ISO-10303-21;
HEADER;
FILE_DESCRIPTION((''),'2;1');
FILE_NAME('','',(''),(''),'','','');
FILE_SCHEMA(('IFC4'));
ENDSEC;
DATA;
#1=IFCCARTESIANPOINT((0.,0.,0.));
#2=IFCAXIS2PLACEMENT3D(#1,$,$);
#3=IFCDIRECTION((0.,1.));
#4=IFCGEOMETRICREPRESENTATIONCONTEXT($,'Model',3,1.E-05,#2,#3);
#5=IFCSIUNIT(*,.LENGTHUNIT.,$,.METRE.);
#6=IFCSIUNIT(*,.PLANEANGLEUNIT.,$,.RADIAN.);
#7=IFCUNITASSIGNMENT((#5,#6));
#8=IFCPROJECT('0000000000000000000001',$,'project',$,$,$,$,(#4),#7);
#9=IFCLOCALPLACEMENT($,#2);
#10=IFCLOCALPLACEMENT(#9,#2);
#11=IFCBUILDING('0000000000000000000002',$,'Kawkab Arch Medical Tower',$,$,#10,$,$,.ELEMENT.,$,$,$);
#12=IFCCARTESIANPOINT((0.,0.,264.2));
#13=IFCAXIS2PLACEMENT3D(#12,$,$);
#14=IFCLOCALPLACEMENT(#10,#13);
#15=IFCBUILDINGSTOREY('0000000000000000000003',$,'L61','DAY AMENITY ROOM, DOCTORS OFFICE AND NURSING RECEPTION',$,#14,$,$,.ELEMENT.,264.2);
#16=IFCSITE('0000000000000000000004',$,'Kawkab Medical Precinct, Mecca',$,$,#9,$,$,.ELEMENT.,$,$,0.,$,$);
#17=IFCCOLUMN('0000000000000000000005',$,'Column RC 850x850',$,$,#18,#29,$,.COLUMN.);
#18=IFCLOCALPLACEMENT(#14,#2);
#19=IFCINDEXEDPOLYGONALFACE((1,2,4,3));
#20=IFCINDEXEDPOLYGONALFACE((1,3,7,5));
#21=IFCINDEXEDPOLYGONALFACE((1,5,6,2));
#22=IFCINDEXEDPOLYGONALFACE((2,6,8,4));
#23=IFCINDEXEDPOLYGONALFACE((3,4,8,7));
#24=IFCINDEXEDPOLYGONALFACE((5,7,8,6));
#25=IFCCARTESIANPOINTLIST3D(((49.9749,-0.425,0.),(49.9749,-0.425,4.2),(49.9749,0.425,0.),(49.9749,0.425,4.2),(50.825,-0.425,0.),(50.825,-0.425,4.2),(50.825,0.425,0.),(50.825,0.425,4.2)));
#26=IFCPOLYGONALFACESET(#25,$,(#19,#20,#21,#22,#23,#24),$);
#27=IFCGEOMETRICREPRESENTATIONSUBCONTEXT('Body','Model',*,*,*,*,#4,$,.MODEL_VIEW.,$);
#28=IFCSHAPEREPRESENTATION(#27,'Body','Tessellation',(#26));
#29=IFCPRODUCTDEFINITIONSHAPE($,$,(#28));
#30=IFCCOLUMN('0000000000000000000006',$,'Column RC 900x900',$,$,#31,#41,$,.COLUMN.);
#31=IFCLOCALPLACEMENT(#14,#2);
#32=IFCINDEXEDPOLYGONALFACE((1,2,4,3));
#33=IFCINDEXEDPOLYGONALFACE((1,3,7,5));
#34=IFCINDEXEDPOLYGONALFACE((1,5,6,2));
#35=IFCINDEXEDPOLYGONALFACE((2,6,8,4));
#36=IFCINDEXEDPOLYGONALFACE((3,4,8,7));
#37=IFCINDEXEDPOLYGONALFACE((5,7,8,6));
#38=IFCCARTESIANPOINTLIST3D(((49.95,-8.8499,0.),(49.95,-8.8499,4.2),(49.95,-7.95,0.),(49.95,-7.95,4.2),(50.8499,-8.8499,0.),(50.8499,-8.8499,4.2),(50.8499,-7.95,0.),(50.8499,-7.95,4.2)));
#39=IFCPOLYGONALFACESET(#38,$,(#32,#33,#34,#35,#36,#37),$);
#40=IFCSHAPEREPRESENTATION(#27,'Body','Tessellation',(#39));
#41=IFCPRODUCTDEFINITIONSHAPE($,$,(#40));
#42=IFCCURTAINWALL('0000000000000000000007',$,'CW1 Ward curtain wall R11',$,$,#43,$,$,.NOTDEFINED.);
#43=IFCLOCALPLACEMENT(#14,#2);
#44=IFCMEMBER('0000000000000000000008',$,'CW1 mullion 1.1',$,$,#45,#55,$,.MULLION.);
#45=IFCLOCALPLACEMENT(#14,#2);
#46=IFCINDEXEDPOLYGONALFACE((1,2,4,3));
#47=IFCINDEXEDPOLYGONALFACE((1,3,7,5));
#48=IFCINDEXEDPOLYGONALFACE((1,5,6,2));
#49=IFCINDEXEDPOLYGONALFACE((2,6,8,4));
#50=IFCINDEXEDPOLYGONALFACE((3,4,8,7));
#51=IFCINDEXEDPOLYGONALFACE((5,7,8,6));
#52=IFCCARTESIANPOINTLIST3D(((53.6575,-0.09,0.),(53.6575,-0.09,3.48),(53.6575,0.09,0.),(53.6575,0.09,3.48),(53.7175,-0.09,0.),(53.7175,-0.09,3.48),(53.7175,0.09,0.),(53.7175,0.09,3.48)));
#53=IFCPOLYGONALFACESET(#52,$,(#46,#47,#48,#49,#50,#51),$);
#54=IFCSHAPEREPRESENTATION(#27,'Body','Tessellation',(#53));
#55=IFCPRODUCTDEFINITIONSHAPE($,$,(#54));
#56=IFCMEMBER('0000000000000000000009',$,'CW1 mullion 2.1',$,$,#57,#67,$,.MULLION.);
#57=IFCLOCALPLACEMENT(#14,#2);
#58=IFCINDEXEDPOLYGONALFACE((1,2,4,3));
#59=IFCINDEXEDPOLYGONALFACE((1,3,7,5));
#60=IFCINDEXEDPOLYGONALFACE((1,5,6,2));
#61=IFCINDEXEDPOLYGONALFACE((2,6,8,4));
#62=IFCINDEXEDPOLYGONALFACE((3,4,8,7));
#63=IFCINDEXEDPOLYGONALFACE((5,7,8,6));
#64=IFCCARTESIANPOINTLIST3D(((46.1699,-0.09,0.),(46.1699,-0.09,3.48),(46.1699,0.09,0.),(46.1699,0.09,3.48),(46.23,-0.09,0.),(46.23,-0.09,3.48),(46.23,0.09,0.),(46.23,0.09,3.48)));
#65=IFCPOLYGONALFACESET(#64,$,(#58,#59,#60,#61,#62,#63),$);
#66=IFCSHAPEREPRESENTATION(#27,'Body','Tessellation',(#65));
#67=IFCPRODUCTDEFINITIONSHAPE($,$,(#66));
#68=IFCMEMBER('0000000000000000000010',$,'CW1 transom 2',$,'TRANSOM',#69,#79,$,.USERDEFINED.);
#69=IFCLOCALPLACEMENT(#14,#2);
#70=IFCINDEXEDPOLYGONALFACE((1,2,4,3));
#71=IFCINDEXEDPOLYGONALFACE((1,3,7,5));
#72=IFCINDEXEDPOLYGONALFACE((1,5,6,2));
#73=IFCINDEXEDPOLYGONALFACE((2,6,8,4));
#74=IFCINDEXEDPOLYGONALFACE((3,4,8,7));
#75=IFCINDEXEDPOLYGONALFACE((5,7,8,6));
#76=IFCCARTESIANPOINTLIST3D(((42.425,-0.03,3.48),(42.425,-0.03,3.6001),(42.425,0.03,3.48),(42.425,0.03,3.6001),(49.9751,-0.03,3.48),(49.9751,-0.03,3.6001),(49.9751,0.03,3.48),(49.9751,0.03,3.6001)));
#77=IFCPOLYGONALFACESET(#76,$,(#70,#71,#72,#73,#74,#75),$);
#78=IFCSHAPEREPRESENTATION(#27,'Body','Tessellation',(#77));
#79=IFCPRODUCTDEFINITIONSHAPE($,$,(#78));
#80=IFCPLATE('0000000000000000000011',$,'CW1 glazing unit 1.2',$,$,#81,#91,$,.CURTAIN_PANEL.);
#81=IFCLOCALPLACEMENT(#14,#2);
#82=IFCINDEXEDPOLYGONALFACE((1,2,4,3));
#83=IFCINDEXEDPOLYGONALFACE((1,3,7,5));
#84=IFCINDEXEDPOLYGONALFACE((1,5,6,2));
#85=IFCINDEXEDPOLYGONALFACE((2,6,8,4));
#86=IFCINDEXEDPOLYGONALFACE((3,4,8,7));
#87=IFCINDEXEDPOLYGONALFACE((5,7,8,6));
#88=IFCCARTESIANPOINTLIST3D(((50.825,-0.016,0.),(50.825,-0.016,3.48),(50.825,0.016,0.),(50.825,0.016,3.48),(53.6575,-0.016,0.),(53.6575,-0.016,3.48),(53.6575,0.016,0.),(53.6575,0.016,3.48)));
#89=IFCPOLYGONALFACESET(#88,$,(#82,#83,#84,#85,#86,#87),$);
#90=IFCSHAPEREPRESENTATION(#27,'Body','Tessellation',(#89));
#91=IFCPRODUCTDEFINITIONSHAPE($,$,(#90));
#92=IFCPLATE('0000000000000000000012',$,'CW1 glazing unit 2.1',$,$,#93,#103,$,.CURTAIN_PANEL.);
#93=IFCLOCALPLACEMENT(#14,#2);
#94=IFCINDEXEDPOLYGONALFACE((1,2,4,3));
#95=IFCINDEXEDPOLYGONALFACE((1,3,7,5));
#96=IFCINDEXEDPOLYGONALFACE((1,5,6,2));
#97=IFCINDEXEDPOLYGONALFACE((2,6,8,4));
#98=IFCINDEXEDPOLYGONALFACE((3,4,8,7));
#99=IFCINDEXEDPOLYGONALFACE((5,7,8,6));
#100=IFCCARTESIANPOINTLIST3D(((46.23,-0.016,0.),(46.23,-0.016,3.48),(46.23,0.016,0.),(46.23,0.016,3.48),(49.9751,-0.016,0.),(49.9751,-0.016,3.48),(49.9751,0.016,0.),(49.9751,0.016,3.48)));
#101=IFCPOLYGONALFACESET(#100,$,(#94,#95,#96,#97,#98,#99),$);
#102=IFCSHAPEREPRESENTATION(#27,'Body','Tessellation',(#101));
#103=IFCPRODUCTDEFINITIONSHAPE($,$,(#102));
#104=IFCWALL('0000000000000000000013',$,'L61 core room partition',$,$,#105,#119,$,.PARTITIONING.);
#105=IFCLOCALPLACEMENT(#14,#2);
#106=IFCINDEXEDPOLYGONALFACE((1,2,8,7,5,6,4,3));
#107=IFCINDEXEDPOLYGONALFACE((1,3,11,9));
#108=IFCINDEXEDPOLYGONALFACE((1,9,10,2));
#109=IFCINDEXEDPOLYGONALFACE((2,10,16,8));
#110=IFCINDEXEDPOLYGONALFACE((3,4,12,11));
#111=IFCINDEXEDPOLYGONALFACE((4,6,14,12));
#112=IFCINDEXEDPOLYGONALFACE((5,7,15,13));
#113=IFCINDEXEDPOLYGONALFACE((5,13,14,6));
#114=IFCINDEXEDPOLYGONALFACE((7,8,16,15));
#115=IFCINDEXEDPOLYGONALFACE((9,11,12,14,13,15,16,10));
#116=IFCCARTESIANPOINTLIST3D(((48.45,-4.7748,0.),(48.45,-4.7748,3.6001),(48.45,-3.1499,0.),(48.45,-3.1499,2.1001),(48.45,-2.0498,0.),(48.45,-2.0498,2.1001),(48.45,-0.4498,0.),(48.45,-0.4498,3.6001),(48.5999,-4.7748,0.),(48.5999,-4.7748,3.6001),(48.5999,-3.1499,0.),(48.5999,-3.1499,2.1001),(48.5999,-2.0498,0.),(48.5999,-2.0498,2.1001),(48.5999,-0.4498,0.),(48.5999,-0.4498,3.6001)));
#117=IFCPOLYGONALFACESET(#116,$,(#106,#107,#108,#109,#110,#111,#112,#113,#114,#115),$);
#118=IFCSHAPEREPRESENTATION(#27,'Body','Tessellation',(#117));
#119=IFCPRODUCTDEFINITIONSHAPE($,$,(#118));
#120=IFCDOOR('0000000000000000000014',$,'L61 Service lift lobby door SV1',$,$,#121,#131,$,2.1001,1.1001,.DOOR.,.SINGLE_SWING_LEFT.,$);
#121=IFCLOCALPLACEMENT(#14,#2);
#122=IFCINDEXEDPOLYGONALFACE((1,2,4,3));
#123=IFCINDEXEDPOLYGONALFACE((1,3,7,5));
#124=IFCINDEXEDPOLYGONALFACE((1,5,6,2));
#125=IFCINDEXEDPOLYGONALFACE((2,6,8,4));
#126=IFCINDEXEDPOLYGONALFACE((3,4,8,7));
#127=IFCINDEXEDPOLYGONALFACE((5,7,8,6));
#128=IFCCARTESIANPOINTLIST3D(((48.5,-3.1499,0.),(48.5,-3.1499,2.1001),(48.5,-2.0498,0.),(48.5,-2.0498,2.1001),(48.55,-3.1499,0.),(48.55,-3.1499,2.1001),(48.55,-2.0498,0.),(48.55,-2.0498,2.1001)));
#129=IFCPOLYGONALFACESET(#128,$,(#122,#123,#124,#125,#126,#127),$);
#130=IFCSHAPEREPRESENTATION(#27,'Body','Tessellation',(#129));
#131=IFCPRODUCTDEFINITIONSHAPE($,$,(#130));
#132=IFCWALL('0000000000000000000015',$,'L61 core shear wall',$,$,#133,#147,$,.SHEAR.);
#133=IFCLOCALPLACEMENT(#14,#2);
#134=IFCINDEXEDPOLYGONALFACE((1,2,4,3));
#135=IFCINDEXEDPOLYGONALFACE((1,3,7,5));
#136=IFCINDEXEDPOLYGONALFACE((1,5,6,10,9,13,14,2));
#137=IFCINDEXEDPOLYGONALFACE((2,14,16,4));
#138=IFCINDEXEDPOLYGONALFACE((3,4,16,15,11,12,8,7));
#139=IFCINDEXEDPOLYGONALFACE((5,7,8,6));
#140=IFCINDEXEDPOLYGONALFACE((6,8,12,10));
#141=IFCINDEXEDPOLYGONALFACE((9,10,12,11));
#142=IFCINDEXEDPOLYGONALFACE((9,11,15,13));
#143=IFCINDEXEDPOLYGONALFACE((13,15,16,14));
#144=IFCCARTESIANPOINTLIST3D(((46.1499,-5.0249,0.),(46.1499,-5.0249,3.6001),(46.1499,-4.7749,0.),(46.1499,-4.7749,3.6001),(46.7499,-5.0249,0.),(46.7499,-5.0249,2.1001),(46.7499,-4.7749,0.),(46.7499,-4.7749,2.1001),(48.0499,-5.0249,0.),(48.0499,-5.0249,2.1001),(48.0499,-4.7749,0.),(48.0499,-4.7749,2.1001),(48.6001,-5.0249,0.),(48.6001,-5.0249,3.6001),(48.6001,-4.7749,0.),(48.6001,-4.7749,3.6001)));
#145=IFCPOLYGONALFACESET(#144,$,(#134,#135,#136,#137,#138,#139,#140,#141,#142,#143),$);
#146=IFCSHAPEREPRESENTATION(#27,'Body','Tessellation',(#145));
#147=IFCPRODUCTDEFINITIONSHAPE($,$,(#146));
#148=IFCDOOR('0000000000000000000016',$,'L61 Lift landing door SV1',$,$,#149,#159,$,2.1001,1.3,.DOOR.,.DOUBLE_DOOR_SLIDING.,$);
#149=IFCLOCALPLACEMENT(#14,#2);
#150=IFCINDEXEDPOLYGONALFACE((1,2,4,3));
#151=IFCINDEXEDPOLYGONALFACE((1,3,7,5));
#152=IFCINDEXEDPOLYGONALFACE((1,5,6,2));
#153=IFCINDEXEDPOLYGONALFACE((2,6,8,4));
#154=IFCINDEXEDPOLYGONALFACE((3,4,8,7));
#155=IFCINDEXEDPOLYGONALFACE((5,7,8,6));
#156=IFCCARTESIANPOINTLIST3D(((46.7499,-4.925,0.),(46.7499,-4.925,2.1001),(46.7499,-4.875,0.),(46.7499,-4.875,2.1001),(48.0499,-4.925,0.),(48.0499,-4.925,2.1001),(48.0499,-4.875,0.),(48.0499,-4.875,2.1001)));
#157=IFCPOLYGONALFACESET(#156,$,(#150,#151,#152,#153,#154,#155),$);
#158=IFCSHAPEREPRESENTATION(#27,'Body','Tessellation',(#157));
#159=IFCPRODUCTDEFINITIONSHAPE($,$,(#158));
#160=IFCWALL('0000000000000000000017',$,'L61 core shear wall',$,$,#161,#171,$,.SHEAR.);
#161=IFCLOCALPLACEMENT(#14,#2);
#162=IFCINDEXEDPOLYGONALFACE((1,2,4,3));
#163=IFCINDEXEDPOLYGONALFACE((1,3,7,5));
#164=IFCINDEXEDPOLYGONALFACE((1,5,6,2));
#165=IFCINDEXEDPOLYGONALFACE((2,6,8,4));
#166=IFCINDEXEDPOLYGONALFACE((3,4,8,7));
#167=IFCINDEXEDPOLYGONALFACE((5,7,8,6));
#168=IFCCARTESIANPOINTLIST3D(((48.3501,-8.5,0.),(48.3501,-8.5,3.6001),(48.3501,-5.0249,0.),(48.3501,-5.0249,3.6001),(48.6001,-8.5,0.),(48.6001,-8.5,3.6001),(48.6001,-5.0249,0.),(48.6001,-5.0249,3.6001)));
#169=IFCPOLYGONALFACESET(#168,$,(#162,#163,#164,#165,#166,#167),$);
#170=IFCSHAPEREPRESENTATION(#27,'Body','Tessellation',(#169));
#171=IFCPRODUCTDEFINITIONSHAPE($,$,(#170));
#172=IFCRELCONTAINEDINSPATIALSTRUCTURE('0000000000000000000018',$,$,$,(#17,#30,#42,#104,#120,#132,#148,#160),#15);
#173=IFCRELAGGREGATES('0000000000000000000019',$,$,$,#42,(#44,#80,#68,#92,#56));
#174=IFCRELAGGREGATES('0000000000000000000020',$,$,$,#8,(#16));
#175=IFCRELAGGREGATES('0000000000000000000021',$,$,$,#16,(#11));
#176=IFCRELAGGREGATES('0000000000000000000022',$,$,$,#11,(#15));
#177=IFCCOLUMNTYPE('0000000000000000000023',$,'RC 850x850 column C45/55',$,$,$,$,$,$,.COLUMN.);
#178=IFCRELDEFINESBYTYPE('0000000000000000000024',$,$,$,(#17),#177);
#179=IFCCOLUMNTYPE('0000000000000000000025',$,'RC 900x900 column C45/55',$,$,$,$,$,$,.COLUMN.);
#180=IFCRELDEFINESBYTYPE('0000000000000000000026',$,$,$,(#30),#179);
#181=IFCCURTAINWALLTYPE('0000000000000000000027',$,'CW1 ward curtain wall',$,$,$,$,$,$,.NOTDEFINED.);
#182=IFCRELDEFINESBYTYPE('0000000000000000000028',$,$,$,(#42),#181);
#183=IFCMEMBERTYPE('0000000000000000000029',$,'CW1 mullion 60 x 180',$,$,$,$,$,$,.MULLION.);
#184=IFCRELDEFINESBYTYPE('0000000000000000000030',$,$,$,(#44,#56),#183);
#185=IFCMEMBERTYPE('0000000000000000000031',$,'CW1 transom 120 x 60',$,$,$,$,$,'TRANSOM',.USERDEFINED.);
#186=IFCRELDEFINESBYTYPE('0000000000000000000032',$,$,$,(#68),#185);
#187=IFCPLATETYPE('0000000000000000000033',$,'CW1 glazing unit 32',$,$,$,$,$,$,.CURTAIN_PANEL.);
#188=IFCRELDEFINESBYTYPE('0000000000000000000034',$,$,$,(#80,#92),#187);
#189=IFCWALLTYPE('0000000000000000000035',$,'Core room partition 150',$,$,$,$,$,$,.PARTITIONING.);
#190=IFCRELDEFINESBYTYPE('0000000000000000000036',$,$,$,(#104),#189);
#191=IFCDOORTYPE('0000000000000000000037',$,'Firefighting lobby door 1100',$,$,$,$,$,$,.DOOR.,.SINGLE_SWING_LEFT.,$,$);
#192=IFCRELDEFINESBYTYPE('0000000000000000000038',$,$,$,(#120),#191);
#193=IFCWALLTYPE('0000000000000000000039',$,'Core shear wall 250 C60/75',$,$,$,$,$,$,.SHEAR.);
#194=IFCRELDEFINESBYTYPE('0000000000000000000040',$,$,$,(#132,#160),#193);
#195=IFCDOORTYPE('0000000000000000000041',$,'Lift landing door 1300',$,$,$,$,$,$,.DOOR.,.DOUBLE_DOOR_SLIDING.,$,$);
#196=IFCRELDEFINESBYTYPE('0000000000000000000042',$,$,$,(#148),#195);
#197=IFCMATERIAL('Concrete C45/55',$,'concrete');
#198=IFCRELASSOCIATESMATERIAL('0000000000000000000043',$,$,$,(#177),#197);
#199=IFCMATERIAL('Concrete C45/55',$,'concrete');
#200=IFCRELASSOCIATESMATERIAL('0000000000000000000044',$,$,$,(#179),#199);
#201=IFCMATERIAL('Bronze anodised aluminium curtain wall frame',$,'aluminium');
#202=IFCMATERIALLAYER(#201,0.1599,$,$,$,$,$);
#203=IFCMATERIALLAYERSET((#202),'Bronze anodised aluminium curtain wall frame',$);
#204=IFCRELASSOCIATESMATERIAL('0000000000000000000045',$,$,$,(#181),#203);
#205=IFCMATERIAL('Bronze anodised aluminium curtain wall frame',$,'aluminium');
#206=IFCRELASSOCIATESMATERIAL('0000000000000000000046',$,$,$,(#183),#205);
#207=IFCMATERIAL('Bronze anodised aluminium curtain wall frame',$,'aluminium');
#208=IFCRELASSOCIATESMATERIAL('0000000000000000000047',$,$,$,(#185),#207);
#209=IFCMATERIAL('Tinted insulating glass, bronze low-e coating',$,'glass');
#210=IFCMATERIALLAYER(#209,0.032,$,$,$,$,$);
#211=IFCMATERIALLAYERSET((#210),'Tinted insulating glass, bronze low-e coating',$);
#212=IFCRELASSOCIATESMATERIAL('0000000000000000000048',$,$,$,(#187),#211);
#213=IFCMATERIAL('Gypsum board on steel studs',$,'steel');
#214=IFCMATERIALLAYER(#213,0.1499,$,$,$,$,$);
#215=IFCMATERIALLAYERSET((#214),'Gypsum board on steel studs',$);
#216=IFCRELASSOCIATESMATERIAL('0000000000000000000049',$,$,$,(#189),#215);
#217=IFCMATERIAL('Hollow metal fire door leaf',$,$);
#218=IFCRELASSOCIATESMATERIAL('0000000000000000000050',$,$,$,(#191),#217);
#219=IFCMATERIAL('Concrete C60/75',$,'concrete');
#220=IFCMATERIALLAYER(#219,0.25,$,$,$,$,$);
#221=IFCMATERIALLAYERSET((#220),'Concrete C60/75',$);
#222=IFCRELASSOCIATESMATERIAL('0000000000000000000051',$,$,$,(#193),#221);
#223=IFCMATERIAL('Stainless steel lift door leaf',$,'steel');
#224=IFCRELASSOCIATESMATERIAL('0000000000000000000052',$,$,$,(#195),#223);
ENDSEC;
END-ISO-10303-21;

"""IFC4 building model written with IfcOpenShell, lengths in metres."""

from ifc_helpers import new_model, si_unit, direction, frame, frame_2d, origin, origin_2d, place, context, subcontext, project, spatial, rectangle, extrude, material, layer, layer_set, material_profile, profile_set, type_object, element, fill, aggregate, save


model = new_model("IFC4")

# Units and contexts
model_context = context("Model", 3, precision=1e-05, world=origin(), true_north=direction((0.0, 1.0)))
body_context = subcontext(model_context, "Body", "Model", "MODEL_VIEW")
ifc_project = project(units=[si_unit("LENGTHUNIT", "METRE"), si_unit("PLANEANGLEUNIT", "RADIAN")], contexts=[model_context])

# Site, building, storey
site_placement = place(None, origin())
site = spatial("IfcSite", under=ifc_project, at=site_placement, Name="Kawkab Medical Precinct, Mecca", CompositionType="ELEMENT", RefElevation=0.0)
building_placement = place(site_placement, origin())
building = spatial("IfcBuilding", under=site, at=building_placement, Name="Kawkab Arch Medical Tower", CompositionType="ELEMENT")
storey_placement = place(building_placement, frame((0.0, 0.0, 264.2)))
storey = spatial("IfcBuildingStorey", under=building, at=storey_placement, Name="L61", Description="DAY AMENITY ROOM, DOCTORS OFFICE AND NURSING RECEPTION", CompositionType="ELEMENT", Elevation=264.2)

# Columns
ifc_material_1 = material(Name="Concrete C45/55", Category="concrete")
ifc_material_profile_1 = material_profile(ifc_material_1, rectangle(XDim=0.8501, YDim=0.8501, at=origin_2d()), Name="RC 850x850")
ifc_profile_set_1 = profile_set([ifc_material_profile_1], Name="Concrete C45/55")
column_type_1 = type_object("IfcColumnType", Name="RC 850x850 column C45/55", PredefinedType="COLUMN", material=ifc_profile_set_1)
column_1_placement = place(storey_placement, frame((50.3999, 0.0, 0.0), z_axis=(0.0, 0.0, 1.0), x_axis=(1.0, 0.0, 0.0)))
element("IfcColumn", 1, at=column_1_placement, inside=storey, type_object=column_type_1, Name="Column RC 850x850", PredefinedType="COLUMN", context=body_context, shape_type="SweptSolid", body=[
    extrude(rectangle(XDim=0.8501, YDim=0.8501, at=origin_2d()), origin(), (0.0, 0.0, 1.0), 4.2),
])
ifc_material_2 = material(Name="Concrete C45/55", Category="concrete")
ifc_material_profile_2 = material_profile(ifc_material_2, rectangle(XDim=0.8999, YDim=0.8999, at=origin_2d()), Name="RC 900x900")
ifc_profile_set_2 = profile_set([ifc_material_profile_2], Name="Concrete C45/55")
column_type_2 = type_object("IfcColumnType", Name="RC 900x900 column C45/55", PredefinedType="COLUMN", material=ifc_profile_set_2)
column_2_placement = place(storey_placement, frame((50.3999, -8.3999, 0.0), z_axis=(0.0, 0.0, 1.0), x_axis=(1.0, 0.0, 0.0)))
element("IfcColumn", 2, at=column_2_placement, inside=storey, type_object=column_type_2, Name="Column RC 900x900", PredefinedType="COLUMN", context=body_context, shape_type="SweptSolid", body=[
    extrude(rectangle(XDim=0.8999, YDim=0.8999, at=origin_2d()), origin(), (0.0, 0.0, 1.0), 4.2),
])

# Curtain wall, members, plates
ifc_material_3 = material(Name="Bronze anodised aluminium curtain wall frame", Category="aluminium")
ifc_layer_1 = layer(ifc_material_3, 0.1599)
ifc_layer_set_1 = layer_set([ifc_layer_1], Name="Bronze anodised aluminium curtain wall frame")
curtain_wall_type = type_object("IfcCurtainWallType", Name="CW1 ward curtain wall", PredefinedType="NOTDEFINED", material=ifc_layer_set_1)
placement = place(storey_placement, origin())
curtain_wall = element("IfcCurtainWall", 3, at=placement, inside=storey, type_object=curtain_wall_type, Name="CW1 Ward curtain wall R11", PredefinedType="NOTDEFINED")
ifc_material_4 = material(Name="Bronze anodised aluminium curtain wall frame", Category="aluminium")
ifc_material_profile_3 = material_profile(ifc_material_4, rectangle(XDim=0.1799, YDim=0.0601, at=origin_2d()), Name="AL 60x180")
ifc_profile_set_3 = profile_set([ifc_material_profile_3], Name="Bronze anodised aluminium curtain wall frame")
member_type_1 = type_object("IfcMemberType", Name="CW1 mullion 60 x 180", PredefinedType="MULLION", material=ifc_profile_set_3)
member_1_placement = place(storey_placement, frame((53.6875, 0.0, 0.0), z_axis=(0.0, 0.0, 1.0), x_axis=(0.0, -1.0, 0.0)))
member_1 = element("IfcMember", 4, at=member_1_placement, type_object=member_type_1, Name="CW1 mullion 1.1", PredefinedType="MULLION", context=body_context, shape_type="SweptSolid", body=[
    extrude(rectangle(XDim=0.1799, YDim=0.0601, at=origin_2d()), origin(), (0.0, 0.0, 1.0), 3.48),
])
member_2_placement = place(storey_placement, frame((46.2, 0.0, 0.0), z_axis=(0.0, 0.0, 1.0), x_axis=(0.0, -1.0, 0.0)))
member_2 = element("IfcMember", 5, at=member_2_placement, type_object=member_type_1, Name="CW1 mullion 2.1", PredefinedType="MULLION", context=body_context, shape_type="SweptSolid", body=[
    extrude(rectangle(XDim=0.1799, YDim=0.0601, at=origin_2d()), origin(), (0.0, 0.0, 1.0), 3.48),
])
ifc_material_5 = material(Name="Bronze anodised aluminium curtain wall frame", Category="aluminium")
ifc_material_profile_4 = material_profile(ifc_material_5, rectangle(XDim=0.0601, YDim=0.1201, at=origin_2d()), Name="AL 60x120")
ifc_profile_set_4 = profile_set([ifc_material_profile_4], Name="Bronze anodised aluminium curtain wall frame")
member_type_2 = type_object("IfcMemberType", Name="CW1 transom 120 x 60", ElementType="TRANSOM", PredefinedType="USERDEFINED", material=ifc_profile_set_4)
member_3_placement = place(storey_placement, frame((49.9751, 0.0, 3.54), z_axis=(-1.0, 0.0, 0.0), x_axis=(0.0, -1.0, 0.0)))
member_3 = element("IfcMember", 6, at=member_3_placement, type_object=member_type_2, Name="CW1 transom 2", ObjectType="TRANSOM", PredefinedType="USERDEFINED", context=body_context, shape_type="SweptSolid", body=[
    extrude(rectangle(XDim=0.0601, YDim=0.1201, at=origin_2d()), origin(), (0.0, 0.0, 1.0), 7.55),
])
ifc_material_6 = material(Name="Tinted insulating glass, bronze low-e coating", Category="glass")
ifc_layer_2 = layer(ifc_material_6, 0.032)
ifc_layer_set_2 = layer_set([ifc_layer_2], Name="Tinted insulating glass, bronze low-e coating")
plate_type = type_object("IfcPlateType", Name="CW1 glazing unit 32", PredefinedType="CURTAIN_PANEL", material=ifc_layer_set_2)
plate_1_placement = place(storey_placement, frame((52.2412, 0.0, 0.0), z_axis=(0.0, 0.0, 1.0), x_axis=(-1.0, 0.0, 0.0)))
plate_1 = element("IfcPlate", 7, at=plate_1_placement, type_object=plate_type, Name="CW1 glazing unit 1.2", PredefinedType="CURTAIN_PANEL", context=body_context, shape_type="SweptSolid", body=[
    extrude(rectangle(XDim=2.8325, YDim=0.032, at=origin_2d()), origin(), (0.0, 0.0, 1.0), 3.48),
])
plate_2_placement = place(storey_placement, frame((48.1025, 0.0, 0.0), z_axis=(0.0, 0.0, 1.0), x_axis=(-1.0, 0.0, 0.0)))
plate_2 = element("IfcPlate", 8, at=plate_2_placement, type_object=plate_type, Name="CW1 glazing unit 2.1", PredefinedType="CURTAIN_PANEL", context=body_context, shape_type="SweptSolid", body=[
    extrude(rectangle(XDim=3.7451, YDim=0.032, at=origin_2d()), origin(), (0.0, 0.0, 1.0), 3.48),
])
aggregate(curtain_wall, [member_1, plate_1, member_3, plate_2, member_2])

# Walls, openings, doors
ifc_material_7 = material(Name="Gypsum board on steel studs", Category="steel")
ifc_layer_3 = layer(ifc_material_7, 0.1499)
ifc_layer_set_3 = layer_set([ifc_layer_3], Name="Gypsum board on steel studs")
wall_type_1 = type_object("IfcWallType", Name="Core room partition 150", PredefinedType="PARTITIONING", material=ifc_layer_set_3)
wall_1_placement = place(storey_placement, frame((48.5249, -4.7749, 0.0), z_axis=(0.0, 0.0, 1.0), x_axis=(0.0, 1.0, 0.0)))
wall_1 = element("IfcWall", 9, at=wall_1_placement, inside=storey, type_object=wall_type_1, Name="L61 core room partition", PredefinedType="PARTITIONING", context=body_context, shape_type="SweptSolid", body=[
    extrude(rectangle(XDim=4.325, YDim=0.1499, at=frame_2d((2.1626, 0.0))), origin(), (0.0, 0.0, 1.0), 3.6001),
])
opening_1_placement = place(wall_1_placement, frame((1.625, 0.0, 0.0)))
opening_1 = element("IfcOpeningElement", 10, at=opening_1_placement, cuts=wall_1, PredefinedType="OPENING", context=body_context, shape_type="SweptSolid", body=[
    extrude(rectangle(XDim=1.1001, YDim=2.1001, at=frame_2d((0.55, 1.05))), frame((0.0, 0.085, 0.0), z_axis=(0.0, -1.0, 0.0), x_axis=(1.0, 0.0, 0.0)), (0.0, 0.0, 1.0), 0.1699),
])
ifc_material_8 = material(Name="Hollow metal fire door leaf")
door_type_1 = type_object("IfcDoorType", Name="Firefighting lobby door 1100", OperationType="SINGLE_SWING_LEFT", PredefinedType="DOOR", material=ifc_material_8)
door_1_placement = place(opening_1_placement, origin())
door_1 = element("IfcDoor", 11, at=door_1_placement, inside=storey, type_object=door_type_1, Name="L61 Service lift lobby door SV1", OperationType="SINGLE_SWING_LEFT", OverallHeight=2.1001, OverallWidth=1.1001, PredefinedType="DOOR", context=body_context, shape_type="SweptSolid", body=[
    extrude(rectangle(XDim=1.1001, YDim=2.1001, at=frame_2d((0.55, 1.05))), frame((0.0, 0.0249, 0.0), z_axis=(0.0, -1.0, 0.0), x_axis=(1.0, 0.0, 0.0)), (0.0, 0.0, 1.0), 0.05),
])
fill(opening_1, door_1)
ifc_material_9 = material(Name="Concrete C60/75", Category="concrete")
ifc_layer_4 = layer(ifc_material_9, 0.25)
ifc_layer_set_4 = layer_set([ifc_layer_4], Name="Concrete C60/75")
wall_type_2 = type_object("IfcWallType", Name="Core shear wall 250 C60/75", PredefinedType="SHEAR", material=ifc_layer_set_4)
wall_2_placement = place(storey_placement, frame((46.1499, -4.8999, 0.0), z_axis=(0.0, 0.0, 1.0), x_axis=(1.0, 0.0, 0.0)))
wall_2 = element("IfcWall", 12, at=wall_2_placement, inside=storey, type_object=wall_type_2, Name="L61 core shear wall", PredefinedType="SHEAR", context=body_context, shape_type="SweptSolid", body=[
    extrude(rectangle(XDim=2.4502, YDim=0.25, at=frame_2d((1.2251, 0.0))), origin(), (0.0, 0.0, 1.0), 3.6001),
])
opening_2_placement = place(wall_2_placement, frame((0.6001, 0.0, 0.0)))
opening_2 = element("IfcOpeningElement", 13, at=opening_2_placement, cuts=wall_2, PredefinedType="OPENING", context=body_context, shape_type="SweptSolid", body=[
    extrude(rectangle(XDim=1.3, YDim=2.1001, at=frame_2d((0.6499, 1.05))), frame((0.0, 0.135, 0.0), z_axis=(0.0, -1.0, 0.0), x_axis=(1.0, 0.0, 0.0)), (0.0, 0.0, 1.0), 0.27),
])
ifc_material_10 = material(Name="Stainless steel lift door leaf", Category="steel")
door_type_2 = type_object("IfcDoorType", Name="Lift landing door 1300", OperationType="DOUBLE_DOOR_SLIDING", PredefinedType="DOOR", material=ifc_material_10)
door_2_placement = place(opening_2_placement, origin())
door_2 = element("IfcDoor", 14, at=door_2_placement, inside=storey, type_object=door_type_2, Name="L61 Lift landing door SV1", OperationType="DOUBLE_DOOR_SLIDING", OverallHeight=2.1001, OverallWidth=1.3, PredefinedType="DOOR", context=body_context, shape_type="SweptSolid", body=[
    extrude(rectangle(XDim=1.3, YDim=2.1001, at=frame_2d((0.6499, 1.05))), frame((0.0, 0.0249, 0.0), z_axis=(0.0, -1.0, 0.0), x_axis=(1.0, 0.0, 0.0)), (0.0, 0.0, 1.0), 0.05),
])
fill(opening_2, door_2)

# Wall
wall_3_placement = place(storey_placement, frame((48.4751, -8.5, 0.0), z_axis=(0.0, 0.0, 1.0), x_axis=(0.0, 1.0, 0.0)))
element("IfcWall", 15, at=wall_3_placement, inside=storey, type_object=wall_type_2, Name="L61 core shear wall", PredefinedType="SHEAR", context=body_context, shape_type="SweptSolid", body=[
    extrude(rectangle(XDim=3.4751, YDim=0.25, at=frame_2d((1.7375, 0.0))), origin(), (0.0, 0.0, 1.0), 3.6001),
])

save(model, "model.ifc")
